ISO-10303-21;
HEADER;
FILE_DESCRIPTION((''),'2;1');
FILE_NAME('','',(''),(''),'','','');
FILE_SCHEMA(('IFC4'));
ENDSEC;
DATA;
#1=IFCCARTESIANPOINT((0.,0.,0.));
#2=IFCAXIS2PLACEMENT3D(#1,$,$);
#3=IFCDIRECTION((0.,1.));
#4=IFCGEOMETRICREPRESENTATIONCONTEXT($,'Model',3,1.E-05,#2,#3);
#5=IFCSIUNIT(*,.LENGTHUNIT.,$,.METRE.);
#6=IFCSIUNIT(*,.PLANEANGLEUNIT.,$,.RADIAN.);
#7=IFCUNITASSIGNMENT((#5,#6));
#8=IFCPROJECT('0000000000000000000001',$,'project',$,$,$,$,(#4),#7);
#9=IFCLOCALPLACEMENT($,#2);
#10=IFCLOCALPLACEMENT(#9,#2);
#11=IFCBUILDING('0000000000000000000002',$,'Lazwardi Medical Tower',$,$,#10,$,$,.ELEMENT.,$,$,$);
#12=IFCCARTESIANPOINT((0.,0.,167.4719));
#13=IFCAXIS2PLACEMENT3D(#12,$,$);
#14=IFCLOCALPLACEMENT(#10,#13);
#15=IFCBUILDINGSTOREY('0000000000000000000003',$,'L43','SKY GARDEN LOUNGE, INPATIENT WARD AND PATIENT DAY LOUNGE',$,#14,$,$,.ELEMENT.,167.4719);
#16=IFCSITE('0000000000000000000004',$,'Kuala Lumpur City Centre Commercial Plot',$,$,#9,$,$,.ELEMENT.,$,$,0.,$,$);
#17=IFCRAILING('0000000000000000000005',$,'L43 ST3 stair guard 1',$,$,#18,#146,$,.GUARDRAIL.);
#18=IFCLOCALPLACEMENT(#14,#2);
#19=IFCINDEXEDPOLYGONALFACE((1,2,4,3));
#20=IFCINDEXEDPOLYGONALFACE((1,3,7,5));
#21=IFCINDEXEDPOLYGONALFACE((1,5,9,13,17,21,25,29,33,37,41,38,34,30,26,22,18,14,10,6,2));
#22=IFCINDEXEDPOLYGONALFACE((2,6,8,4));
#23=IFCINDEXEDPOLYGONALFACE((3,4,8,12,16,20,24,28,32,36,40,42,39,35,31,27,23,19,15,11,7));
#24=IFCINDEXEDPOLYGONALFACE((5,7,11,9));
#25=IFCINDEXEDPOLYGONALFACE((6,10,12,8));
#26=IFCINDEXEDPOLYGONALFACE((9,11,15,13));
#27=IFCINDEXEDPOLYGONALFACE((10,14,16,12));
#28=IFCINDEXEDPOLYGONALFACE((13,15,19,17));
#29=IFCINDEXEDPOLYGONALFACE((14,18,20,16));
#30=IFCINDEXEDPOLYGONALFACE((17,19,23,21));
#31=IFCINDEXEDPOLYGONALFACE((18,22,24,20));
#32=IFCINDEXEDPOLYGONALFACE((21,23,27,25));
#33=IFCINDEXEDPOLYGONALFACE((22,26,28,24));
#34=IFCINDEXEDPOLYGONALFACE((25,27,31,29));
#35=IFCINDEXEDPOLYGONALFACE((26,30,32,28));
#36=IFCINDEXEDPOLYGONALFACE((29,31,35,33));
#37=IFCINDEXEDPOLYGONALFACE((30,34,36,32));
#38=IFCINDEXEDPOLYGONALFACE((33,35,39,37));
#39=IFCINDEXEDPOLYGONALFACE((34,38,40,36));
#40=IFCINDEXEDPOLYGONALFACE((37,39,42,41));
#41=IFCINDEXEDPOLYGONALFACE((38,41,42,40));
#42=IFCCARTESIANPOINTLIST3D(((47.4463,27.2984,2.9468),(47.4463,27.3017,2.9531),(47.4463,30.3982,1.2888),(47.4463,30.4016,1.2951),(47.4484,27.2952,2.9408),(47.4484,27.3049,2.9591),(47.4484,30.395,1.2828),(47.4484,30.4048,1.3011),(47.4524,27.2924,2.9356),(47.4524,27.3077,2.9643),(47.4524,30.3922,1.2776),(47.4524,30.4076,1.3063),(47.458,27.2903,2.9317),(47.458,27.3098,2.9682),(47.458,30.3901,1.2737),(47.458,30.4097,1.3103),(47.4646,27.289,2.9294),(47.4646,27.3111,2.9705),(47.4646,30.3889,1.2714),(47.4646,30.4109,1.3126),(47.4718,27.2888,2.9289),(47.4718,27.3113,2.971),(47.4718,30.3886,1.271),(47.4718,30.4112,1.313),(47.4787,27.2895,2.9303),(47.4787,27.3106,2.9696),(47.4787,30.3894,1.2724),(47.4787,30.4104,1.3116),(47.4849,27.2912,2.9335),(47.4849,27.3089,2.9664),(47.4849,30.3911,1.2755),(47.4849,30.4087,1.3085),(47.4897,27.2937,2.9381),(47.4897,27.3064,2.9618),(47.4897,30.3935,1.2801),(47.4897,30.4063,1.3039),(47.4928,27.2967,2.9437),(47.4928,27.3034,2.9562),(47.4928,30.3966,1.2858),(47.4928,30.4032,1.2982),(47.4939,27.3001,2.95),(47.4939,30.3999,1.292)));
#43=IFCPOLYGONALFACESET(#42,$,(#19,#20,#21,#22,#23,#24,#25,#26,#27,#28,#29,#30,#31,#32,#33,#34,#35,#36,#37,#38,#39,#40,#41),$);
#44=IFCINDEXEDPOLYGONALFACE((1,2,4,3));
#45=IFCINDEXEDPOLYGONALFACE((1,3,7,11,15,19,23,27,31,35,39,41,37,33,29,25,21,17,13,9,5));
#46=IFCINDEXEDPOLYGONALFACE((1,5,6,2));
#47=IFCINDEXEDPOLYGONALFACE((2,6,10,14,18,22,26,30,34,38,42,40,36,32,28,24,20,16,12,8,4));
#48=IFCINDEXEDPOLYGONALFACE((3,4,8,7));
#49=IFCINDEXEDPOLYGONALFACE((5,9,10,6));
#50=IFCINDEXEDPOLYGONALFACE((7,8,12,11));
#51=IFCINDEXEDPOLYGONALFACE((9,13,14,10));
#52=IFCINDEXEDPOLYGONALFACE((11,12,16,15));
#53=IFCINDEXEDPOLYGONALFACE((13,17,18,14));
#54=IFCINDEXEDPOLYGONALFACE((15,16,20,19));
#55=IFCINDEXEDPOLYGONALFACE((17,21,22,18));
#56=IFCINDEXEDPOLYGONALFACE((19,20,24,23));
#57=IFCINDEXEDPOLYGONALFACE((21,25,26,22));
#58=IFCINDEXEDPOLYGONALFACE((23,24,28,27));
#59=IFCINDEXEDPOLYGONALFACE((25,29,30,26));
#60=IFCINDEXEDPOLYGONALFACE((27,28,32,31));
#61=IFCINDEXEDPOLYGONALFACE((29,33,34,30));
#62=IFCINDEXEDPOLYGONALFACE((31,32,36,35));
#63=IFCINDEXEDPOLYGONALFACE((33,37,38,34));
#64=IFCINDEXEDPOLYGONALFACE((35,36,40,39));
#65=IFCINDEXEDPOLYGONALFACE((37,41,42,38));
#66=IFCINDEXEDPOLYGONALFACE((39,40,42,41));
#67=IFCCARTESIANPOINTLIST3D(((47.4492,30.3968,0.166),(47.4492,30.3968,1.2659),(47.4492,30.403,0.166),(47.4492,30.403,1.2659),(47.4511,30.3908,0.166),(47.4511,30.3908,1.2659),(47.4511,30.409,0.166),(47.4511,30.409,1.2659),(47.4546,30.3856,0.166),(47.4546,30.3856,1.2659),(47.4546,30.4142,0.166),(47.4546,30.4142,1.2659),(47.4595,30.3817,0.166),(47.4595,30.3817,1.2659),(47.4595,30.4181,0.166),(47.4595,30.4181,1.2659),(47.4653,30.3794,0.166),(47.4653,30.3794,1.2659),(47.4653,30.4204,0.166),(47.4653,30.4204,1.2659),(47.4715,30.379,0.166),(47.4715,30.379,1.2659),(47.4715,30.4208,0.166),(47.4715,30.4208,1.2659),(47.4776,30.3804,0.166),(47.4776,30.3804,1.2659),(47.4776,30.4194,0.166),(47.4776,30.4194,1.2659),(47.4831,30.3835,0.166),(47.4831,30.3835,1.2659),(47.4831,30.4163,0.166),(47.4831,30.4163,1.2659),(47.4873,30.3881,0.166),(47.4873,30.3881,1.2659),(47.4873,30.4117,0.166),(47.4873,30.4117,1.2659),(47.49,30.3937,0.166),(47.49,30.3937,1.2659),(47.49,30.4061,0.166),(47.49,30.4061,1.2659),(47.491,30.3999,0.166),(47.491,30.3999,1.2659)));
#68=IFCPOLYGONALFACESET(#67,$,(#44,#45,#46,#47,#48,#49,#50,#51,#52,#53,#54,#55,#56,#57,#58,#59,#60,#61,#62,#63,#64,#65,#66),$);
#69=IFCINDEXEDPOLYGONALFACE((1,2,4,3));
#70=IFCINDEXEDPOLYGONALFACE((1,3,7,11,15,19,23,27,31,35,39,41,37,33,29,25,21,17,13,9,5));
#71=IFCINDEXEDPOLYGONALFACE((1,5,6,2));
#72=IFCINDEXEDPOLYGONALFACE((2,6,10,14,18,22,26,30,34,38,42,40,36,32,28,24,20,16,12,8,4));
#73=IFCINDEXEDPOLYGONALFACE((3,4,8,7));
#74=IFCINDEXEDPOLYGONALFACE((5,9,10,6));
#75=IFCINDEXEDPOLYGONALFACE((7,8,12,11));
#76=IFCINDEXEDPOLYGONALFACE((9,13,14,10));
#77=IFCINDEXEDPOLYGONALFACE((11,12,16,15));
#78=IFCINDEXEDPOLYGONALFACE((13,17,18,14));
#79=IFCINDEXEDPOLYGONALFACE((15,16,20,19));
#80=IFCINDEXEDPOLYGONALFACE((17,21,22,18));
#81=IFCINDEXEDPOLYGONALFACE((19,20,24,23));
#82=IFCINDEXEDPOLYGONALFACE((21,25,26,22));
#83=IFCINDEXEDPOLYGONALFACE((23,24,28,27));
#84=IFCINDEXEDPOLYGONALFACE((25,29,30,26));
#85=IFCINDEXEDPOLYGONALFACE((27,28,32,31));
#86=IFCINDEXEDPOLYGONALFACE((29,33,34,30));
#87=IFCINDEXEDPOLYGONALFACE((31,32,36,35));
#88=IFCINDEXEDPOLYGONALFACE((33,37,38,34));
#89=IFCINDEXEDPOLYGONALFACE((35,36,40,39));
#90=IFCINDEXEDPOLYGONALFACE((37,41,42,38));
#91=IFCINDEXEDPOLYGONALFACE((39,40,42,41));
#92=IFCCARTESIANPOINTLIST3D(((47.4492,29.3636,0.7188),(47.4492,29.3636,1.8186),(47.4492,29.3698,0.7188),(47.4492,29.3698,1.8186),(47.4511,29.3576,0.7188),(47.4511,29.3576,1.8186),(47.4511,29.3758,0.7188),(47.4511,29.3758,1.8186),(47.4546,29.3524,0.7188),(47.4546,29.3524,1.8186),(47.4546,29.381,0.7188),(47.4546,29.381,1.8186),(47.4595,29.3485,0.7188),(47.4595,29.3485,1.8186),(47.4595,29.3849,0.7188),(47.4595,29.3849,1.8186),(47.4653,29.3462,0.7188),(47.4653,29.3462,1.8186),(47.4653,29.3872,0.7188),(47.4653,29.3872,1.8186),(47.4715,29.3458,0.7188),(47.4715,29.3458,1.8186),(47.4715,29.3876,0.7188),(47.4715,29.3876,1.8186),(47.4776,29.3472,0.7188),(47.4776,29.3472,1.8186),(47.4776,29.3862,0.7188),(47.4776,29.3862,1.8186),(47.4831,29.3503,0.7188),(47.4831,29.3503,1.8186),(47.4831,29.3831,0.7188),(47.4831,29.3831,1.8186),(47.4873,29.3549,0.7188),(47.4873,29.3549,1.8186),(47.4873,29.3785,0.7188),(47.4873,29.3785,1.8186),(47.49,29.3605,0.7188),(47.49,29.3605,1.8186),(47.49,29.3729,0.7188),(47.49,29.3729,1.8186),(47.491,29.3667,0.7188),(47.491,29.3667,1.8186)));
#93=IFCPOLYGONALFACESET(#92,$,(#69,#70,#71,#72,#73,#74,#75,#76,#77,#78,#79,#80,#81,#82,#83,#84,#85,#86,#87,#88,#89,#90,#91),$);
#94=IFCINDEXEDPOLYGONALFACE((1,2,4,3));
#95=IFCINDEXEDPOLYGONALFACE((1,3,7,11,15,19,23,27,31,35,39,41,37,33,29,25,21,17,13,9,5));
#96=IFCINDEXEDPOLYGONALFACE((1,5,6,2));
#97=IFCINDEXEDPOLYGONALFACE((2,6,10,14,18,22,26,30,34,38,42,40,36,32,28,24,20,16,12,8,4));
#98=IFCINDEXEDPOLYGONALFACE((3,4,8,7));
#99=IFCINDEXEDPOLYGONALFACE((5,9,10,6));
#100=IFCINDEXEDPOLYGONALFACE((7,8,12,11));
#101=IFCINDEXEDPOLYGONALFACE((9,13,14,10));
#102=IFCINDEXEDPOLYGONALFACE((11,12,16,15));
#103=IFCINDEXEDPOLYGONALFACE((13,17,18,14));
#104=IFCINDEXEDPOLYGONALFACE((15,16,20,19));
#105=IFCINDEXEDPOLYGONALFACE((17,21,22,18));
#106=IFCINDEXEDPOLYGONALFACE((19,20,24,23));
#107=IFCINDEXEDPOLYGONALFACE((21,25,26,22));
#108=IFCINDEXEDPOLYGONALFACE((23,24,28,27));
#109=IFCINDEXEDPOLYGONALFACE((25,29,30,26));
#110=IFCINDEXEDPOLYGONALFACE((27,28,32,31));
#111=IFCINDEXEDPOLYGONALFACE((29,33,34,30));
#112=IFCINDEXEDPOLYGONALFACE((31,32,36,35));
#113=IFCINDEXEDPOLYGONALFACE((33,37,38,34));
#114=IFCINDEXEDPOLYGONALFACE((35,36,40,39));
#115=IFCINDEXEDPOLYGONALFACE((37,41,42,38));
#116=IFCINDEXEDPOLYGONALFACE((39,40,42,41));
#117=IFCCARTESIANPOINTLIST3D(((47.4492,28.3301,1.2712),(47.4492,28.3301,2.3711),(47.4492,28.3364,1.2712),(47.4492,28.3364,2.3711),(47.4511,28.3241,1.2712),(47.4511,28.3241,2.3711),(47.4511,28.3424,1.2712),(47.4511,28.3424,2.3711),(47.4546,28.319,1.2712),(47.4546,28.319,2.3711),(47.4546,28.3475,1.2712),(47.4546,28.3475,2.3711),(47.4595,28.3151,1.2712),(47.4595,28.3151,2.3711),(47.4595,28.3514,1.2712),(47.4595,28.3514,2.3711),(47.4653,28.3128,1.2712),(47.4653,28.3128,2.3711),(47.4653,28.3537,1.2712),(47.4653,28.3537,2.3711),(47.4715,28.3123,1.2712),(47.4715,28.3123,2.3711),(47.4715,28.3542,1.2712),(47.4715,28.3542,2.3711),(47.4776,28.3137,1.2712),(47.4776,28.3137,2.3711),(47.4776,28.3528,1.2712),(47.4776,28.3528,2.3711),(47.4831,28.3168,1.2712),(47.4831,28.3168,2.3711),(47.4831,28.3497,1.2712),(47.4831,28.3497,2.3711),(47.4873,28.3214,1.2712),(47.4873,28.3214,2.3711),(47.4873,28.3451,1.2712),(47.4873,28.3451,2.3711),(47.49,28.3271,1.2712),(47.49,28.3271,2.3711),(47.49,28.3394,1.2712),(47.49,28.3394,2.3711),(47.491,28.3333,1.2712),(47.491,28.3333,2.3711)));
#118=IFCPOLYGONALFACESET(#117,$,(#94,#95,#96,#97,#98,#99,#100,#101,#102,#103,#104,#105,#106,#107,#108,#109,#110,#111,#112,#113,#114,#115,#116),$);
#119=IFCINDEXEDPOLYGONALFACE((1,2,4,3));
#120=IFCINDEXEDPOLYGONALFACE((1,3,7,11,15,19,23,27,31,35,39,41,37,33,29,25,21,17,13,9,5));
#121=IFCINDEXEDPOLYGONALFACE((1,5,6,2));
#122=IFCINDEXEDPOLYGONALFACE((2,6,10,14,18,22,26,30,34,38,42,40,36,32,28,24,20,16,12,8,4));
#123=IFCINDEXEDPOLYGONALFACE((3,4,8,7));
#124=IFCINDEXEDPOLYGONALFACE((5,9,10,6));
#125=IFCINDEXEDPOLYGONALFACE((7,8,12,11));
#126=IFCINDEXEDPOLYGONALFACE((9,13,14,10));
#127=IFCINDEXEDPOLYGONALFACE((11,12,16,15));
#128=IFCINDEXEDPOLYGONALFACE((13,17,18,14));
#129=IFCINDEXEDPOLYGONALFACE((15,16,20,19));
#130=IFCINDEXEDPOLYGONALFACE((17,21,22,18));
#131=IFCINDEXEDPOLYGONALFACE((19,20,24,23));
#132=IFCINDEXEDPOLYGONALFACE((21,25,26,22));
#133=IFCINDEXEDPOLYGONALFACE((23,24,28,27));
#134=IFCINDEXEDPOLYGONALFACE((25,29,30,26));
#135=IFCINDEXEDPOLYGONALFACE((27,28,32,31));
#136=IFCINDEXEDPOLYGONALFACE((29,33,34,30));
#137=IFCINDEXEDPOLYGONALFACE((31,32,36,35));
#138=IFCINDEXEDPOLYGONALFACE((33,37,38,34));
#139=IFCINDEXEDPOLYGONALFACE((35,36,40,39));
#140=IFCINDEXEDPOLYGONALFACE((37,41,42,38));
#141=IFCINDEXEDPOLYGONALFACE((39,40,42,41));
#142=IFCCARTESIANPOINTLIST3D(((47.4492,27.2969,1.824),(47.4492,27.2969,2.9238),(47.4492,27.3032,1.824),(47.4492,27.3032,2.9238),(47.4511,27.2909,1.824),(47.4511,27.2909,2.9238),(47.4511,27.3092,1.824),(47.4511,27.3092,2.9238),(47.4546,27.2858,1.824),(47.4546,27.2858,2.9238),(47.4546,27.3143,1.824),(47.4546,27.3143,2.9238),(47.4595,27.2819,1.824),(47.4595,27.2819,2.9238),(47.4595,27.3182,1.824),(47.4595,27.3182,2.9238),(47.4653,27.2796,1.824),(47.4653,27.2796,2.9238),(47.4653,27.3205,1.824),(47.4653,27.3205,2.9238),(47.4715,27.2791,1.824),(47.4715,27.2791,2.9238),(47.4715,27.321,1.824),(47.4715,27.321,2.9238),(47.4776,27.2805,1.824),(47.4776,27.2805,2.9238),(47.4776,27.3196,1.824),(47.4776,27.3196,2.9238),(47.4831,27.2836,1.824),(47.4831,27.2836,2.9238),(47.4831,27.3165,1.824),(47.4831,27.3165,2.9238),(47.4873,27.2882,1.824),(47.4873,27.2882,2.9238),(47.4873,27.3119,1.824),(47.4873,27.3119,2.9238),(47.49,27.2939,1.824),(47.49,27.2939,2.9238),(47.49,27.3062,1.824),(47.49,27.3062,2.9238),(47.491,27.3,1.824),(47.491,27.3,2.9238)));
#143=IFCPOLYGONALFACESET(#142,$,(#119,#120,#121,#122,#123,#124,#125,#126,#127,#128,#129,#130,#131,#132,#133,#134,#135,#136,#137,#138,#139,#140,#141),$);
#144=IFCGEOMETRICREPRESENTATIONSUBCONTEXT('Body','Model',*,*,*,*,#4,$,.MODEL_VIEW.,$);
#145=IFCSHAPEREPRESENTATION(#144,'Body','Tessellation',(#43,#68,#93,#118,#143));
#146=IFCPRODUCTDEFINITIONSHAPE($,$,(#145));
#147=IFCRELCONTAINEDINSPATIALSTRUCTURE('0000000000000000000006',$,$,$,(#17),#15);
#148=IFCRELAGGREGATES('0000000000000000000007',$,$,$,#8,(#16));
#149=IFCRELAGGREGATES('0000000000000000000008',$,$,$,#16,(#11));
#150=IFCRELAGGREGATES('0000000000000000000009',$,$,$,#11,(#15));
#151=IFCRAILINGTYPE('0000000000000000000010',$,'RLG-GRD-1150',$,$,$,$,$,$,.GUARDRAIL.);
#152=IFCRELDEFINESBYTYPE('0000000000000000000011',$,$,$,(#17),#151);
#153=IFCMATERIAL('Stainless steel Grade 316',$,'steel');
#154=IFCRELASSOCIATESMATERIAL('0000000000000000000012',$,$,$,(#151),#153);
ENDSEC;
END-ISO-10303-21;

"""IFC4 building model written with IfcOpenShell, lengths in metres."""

from ifc_helpers import new_model, si_unit, direction, frame, origin, origin_2d, place, context, subcontext, project, spatial, circle, extrude, material, type_object, element, save


model = new_model("IFC4")

# Units and contexts
model_context = context("Model", 3, precision=1e-05, world=origin(), true_north=direction((0.0, 1.0)))
body_context = subcontext(model_context, "Body", "Model", "MODEL_VIEW")
ifc_project = project(units=[si_unit("LENGTHUNIT", "METRE"), si_unit("PLANEANGLEUNIT", "RADIAN")], contexts=[model_context])

# Site, building, storey
site_placement = place(None, origin())
site = spatial("IfcSite", under=ifc_project, at=site_placement, Name="Kuala Lumpur City Centre Commercial Plot", CompositionType="ELEMENT", RefElevation=0.0)
building_placement = place(site_placement, origin())
building = spatial("IfcBuilding", under=site, at=building_placement, Name="Lazwardi Medical Tower", CompositionType="ELEMENT")
storey_placement = place(building_placement, frame((0.0, 0.0, 167.4719)))
storey = spatial("IfcBuildingStorey", under=building, at=storey_placement, Name="L43", Description="SKY GARDEN LOUNGE, INPATIENT WARD AND PATIENT DAY LOUNGE", CompositionType="ELEMENT", Elevation=167.4719)

# Railing
ifc_material_1 = material(Name="Stainless steel Grade 316", Category="steel")
railing_type = type_object("IfcRailingType", Name="RLG-GRD-1150", PredefinedType="GUARDRAIL", material=ifc_material_1)
railing_1_placement = place(storey_placement, frame((47.47, 30.3999, 0.166)))
element("IfcRailing", 1, at=railing_1_placement, inside=storey, type_object=railing_type, Name="L43 ST3 stair guard 1", PredefinedType="GUARDRAIL", context=body_context, shape_type="SweptSolid", body=[
    extrude(circle(Radius=0.0239, at=origin_2d()), frame((0.0, 0.0, 1.126), z_axis=(0.0, -0.881797, 0.47163), x_axis=(1.0, 0.0, 0.0)), (0.0, 0.0, 1.0), 3.5154),
    extrude(circle(Radius=0.021, at=origin_2d()), origin(), (0.0, 0.0, 1.0), 1.0999),
    extrude(circle(Radius=0.021, at=origin_2d()), frame((0.0, -1.0332, 0.5527)), (0.0, 0.0, 1.0), 1.0999),
    extrude(circle(Radius=0.021, at=origin_2d()), frame((0.0, -2.0667, 1.1052)), (0.0, 0.0, 1.0), 1.0999),
    extrude(circle(Radius=0.021, at=origin_2d()), frame((0.0, -3.0999, 1.658)), (0.0, 0.0, 1.0), 1.0999),
])

save(model, "model.ifc")
